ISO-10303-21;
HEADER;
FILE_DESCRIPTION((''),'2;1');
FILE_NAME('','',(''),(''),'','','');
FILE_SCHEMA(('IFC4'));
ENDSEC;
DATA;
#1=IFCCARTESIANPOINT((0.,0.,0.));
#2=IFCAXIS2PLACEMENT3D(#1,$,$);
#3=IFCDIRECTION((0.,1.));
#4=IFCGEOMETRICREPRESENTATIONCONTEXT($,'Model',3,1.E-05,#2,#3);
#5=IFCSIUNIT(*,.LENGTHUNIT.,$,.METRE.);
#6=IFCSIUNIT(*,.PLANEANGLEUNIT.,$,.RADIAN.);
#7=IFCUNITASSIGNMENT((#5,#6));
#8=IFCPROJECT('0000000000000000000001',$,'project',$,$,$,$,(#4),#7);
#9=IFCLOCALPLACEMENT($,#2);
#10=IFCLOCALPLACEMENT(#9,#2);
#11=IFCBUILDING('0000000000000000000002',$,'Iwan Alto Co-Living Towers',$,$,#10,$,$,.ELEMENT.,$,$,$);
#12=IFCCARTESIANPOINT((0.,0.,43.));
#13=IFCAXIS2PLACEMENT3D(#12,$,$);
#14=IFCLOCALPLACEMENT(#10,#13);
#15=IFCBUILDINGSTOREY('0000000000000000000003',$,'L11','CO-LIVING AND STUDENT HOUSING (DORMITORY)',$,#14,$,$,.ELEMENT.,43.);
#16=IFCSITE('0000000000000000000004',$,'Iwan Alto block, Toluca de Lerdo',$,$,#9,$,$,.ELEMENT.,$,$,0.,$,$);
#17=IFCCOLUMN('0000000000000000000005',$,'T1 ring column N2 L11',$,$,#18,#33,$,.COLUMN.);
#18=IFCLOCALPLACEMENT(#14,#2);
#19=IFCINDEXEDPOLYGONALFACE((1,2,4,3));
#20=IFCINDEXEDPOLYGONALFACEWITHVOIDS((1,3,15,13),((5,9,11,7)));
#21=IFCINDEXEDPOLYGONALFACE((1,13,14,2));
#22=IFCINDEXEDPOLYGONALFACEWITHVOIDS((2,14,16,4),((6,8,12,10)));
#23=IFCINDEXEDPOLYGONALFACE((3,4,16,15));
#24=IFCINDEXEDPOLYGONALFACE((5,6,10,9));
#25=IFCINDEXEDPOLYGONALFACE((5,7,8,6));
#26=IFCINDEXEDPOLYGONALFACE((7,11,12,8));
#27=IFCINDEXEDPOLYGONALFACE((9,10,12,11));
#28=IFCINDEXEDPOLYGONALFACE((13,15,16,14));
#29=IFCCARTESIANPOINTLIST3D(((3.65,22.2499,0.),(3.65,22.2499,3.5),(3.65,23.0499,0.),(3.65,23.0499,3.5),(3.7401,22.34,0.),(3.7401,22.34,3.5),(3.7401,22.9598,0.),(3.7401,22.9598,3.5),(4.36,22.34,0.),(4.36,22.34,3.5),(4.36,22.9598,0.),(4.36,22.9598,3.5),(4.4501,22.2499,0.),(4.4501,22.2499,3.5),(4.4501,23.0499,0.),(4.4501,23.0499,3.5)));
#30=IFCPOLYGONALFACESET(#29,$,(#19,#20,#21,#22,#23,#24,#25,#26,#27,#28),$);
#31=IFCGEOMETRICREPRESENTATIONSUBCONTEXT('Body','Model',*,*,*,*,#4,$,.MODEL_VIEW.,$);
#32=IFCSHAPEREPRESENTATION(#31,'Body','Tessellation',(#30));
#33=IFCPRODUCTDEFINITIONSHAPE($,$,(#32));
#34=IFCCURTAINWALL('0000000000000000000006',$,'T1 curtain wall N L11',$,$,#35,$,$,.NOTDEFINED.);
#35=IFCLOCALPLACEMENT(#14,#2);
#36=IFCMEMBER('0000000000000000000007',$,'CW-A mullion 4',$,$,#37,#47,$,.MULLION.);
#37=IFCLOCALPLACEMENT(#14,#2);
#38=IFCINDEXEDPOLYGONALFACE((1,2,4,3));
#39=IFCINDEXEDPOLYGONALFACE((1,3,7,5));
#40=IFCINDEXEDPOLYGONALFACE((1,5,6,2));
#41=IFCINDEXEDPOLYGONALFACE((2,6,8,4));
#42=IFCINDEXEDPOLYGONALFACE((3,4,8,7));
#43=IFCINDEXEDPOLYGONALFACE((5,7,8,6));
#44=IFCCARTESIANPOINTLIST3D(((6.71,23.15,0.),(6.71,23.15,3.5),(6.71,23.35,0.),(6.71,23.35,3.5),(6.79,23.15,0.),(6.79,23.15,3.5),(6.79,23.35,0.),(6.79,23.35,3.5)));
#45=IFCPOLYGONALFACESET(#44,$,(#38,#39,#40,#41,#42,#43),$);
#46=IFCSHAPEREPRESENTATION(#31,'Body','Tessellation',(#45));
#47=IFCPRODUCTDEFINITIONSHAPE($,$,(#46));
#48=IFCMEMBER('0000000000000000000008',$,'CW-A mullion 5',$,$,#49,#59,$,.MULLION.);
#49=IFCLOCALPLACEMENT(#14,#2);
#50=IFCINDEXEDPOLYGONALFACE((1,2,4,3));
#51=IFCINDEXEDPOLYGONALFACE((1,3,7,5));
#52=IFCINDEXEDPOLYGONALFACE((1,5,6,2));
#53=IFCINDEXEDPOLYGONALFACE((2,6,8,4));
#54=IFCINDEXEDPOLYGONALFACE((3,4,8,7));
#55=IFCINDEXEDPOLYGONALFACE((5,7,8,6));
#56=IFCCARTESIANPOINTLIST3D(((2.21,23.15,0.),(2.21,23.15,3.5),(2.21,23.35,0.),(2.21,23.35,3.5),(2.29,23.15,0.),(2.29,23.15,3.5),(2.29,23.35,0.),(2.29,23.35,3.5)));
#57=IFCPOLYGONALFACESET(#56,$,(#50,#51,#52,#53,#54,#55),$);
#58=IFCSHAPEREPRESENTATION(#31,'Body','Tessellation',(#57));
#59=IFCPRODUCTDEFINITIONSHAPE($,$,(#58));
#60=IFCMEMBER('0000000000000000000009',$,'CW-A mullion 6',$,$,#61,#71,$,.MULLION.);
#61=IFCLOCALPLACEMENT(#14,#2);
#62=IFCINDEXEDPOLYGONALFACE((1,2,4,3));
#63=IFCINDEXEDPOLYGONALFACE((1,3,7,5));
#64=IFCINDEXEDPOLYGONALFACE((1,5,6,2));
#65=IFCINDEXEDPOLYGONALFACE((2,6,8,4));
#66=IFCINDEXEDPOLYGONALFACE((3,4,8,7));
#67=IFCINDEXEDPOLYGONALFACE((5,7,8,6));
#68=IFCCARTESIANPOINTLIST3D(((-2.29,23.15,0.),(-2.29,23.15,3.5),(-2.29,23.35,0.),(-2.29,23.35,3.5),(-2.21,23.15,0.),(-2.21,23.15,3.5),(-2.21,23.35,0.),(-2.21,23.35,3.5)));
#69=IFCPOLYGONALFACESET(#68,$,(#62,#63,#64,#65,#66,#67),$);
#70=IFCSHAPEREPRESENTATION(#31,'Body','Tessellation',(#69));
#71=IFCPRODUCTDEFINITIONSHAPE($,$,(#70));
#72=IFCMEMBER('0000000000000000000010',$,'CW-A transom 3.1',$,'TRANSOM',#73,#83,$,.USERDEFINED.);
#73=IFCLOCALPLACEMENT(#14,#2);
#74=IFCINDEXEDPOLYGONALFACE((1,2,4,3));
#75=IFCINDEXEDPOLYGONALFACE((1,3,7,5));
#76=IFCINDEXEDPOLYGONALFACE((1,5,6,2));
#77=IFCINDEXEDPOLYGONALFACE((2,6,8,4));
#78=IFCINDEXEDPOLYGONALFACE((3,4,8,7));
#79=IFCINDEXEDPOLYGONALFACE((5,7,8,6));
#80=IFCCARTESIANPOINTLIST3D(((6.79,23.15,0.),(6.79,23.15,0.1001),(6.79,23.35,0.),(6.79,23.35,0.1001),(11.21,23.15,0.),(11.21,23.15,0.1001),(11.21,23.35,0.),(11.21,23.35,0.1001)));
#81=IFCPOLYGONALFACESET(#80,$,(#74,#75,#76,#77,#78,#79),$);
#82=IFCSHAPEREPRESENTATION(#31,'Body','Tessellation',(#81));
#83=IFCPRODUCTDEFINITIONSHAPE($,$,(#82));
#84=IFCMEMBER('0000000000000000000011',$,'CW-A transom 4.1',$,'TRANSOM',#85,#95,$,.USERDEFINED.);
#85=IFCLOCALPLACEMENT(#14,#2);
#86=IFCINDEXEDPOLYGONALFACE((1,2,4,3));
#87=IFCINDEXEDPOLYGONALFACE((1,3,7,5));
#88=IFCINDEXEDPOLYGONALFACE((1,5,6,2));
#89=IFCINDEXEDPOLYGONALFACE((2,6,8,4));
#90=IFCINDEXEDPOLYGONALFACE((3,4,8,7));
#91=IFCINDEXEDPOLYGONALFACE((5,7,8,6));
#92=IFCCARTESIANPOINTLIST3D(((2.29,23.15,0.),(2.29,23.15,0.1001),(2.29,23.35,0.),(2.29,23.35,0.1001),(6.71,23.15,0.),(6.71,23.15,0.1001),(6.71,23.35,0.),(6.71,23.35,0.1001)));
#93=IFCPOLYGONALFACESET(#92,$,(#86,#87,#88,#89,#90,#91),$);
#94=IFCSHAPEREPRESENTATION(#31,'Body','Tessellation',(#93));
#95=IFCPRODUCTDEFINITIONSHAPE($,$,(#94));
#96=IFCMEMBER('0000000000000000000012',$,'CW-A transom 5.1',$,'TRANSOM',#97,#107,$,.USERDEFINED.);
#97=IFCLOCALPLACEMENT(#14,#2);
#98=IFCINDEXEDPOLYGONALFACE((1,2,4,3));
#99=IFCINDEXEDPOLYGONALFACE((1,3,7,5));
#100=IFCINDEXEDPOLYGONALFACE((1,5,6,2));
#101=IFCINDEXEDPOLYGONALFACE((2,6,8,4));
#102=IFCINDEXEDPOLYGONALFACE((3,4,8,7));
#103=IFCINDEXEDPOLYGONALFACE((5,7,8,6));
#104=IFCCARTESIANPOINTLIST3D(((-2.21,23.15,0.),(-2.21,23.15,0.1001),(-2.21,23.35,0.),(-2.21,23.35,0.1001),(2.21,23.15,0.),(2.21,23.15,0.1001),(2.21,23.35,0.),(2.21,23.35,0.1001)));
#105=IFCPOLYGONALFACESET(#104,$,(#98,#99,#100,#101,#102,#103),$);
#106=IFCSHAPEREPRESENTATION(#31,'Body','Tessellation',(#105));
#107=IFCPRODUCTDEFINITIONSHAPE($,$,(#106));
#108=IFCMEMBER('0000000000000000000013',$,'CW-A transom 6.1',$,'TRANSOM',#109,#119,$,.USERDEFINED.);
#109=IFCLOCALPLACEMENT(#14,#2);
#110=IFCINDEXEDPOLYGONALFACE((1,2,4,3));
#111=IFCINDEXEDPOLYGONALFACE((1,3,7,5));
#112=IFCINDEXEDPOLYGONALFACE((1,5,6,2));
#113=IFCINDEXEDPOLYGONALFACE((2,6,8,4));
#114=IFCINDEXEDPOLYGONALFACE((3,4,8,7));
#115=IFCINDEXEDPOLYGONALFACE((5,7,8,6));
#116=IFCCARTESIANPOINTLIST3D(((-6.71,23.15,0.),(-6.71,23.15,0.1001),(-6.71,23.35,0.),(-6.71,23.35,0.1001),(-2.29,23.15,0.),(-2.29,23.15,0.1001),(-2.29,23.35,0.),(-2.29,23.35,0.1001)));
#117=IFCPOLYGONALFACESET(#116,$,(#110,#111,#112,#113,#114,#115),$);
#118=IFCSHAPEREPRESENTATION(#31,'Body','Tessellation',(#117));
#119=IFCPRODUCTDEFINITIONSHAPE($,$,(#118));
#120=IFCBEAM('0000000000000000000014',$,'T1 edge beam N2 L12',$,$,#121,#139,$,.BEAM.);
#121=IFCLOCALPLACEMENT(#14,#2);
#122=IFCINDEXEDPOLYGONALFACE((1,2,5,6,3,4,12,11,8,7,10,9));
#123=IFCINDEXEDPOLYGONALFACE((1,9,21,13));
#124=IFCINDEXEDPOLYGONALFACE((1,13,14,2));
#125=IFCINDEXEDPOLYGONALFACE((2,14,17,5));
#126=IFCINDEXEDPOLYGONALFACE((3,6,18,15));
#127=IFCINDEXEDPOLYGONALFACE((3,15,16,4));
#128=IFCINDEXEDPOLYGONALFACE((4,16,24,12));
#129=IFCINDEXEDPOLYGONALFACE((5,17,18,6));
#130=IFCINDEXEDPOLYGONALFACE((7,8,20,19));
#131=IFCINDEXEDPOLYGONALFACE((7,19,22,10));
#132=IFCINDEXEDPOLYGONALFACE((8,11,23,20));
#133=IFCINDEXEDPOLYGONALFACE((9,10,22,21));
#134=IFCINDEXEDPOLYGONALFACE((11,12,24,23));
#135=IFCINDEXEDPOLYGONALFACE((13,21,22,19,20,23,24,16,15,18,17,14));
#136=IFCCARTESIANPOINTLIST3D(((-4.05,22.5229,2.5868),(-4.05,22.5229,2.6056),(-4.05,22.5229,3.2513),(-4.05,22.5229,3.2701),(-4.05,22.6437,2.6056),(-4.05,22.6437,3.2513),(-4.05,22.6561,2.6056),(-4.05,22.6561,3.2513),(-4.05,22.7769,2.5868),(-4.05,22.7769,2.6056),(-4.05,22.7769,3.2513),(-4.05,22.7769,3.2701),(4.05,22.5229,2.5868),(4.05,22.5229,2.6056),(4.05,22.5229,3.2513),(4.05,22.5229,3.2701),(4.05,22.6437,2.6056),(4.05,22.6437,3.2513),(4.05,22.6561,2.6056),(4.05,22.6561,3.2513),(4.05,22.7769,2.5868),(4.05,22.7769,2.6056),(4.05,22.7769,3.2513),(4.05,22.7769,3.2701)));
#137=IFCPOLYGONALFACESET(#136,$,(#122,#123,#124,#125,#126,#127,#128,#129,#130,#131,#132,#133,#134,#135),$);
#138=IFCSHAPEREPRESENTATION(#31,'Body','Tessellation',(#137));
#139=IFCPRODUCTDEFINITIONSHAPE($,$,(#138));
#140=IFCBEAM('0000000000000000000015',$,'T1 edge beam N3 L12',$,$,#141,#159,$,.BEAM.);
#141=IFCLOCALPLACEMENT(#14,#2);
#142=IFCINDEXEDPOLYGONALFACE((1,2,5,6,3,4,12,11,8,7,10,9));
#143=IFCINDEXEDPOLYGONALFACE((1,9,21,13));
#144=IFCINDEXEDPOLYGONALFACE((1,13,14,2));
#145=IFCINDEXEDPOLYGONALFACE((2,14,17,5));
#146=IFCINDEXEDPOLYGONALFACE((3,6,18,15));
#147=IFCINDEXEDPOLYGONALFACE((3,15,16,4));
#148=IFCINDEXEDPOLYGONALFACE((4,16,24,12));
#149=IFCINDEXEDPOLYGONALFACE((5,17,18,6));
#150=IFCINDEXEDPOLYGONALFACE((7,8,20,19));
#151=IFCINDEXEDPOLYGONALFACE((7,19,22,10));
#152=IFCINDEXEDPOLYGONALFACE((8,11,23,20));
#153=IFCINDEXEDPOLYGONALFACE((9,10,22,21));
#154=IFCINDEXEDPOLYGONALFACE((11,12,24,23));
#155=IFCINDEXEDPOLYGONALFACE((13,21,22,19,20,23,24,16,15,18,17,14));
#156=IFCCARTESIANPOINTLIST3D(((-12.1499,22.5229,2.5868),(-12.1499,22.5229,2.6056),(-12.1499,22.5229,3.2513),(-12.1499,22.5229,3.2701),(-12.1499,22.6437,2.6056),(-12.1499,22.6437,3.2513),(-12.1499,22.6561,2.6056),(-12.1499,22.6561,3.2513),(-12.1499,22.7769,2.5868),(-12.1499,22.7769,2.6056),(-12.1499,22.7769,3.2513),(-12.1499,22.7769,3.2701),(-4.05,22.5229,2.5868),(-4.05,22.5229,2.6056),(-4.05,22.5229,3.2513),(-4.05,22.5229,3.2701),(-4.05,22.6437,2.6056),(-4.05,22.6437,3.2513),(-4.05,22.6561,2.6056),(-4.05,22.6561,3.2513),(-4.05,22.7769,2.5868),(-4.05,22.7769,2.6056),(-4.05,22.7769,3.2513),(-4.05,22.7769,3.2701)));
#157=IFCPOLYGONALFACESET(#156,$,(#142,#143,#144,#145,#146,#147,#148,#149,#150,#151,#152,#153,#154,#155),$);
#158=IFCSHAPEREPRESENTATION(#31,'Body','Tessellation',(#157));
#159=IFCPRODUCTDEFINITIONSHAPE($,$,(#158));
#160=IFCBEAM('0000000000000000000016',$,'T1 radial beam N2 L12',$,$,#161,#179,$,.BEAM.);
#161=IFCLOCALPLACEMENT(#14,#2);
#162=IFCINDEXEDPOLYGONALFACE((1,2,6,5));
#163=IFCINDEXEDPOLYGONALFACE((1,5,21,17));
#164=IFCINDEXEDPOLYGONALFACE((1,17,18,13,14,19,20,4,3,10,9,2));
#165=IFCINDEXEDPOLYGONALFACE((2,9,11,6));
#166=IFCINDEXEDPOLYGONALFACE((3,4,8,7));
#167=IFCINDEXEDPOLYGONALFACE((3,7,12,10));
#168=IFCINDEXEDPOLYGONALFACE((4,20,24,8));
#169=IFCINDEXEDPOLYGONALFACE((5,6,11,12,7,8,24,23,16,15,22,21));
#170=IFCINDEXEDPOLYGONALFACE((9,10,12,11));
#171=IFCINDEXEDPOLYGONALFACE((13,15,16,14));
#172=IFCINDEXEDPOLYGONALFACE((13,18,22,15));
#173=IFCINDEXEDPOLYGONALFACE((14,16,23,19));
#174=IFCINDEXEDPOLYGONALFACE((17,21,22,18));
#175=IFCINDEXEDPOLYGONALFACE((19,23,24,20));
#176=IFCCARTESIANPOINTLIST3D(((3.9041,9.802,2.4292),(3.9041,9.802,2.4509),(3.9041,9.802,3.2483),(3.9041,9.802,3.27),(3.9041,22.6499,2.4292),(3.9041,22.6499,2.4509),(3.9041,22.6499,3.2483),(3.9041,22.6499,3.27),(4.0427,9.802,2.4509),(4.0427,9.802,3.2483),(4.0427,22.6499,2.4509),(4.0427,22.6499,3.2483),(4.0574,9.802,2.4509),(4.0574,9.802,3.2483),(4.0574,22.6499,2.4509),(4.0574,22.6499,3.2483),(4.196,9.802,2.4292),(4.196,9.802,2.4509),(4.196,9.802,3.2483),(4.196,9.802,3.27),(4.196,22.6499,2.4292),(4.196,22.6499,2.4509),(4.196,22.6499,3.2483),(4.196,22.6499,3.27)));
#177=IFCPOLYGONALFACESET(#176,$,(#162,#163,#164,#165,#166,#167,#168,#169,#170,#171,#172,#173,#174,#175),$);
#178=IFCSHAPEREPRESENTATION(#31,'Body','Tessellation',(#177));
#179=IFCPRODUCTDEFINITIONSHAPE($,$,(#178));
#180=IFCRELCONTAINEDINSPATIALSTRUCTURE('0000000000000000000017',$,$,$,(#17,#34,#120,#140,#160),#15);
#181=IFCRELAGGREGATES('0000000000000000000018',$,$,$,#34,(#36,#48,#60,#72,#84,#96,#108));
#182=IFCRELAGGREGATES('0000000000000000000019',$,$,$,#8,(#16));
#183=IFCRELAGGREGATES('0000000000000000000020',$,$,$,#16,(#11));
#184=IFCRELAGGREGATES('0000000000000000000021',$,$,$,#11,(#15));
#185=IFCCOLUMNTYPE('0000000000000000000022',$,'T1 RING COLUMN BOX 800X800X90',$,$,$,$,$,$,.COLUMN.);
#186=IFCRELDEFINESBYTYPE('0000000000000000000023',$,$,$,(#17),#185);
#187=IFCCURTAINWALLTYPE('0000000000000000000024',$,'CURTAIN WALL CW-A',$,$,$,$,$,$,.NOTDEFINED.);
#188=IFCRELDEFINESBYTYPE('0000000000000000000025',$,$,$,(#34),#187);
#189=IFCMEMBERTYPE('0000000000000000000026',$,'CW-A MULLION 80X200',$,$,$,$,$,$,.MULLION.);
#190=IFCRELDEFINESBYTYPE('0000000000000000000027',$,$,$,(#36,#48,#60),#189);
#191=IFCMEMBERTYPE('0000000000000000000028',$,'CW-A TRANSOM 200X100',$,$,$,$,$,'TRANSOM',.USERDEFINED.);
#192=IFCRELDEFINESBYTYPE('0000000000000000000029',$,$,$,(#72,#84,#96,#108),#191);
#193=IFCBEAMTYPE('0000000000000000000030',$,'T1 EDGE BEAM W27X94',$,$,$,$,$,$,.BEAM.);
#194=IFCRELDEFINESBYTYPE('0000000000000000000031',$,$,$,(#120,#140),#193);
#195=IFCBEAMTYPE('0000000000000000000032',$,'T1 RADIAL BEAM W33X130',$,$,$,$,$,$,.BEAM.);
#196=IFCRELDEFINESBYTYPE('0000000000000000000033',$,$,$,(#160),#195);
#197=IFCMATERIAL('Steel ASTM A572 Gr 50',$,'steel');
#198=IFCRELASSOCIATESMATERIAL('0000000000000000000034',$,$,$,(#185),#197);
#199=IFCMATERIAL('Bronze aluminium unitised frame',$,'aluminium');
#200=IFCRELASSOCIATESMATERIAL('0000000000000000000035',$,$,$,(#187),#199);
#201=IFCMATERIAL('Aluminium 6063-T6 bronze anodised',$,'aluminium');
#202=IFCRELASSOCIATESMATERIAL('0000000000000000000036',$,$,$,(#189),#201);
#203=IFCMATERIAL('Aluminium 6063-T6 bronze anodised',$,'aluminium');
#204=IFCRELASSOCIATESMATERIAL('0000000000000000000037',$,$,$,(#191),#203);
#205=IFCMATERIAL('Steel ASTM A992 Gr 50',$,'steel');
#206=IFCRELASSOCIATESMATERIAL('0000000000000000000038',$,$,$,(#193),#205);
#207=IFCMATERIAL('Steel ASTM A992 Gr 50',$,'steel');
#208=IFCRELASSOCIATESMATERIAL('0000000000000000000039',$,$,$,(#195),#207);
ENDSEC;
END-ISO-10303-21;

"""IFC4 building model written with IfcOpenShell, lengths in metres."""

from ifc_helpers import new_model, si_unit, direction, frame, origin, origin_2d, place, context, subcontext, project, spatial, rectangle, hollow_rectangle, i_section, extrude, material, material_profile, profile_set, type_object, element, aggregate, save


model = new_model("IFC4")

# Units and contexts
model_context = context("Model", 3, precision=1e-05, world=origin(), true_north=direction((0.0, 1.0)))
body_context = subcontext(model_context, "Body", "Model", "MODEL_VIEW")
ifc_project = project(units=[si_unit("LENGTHUNIT", "METRE"), si_unit("PLANEANGLEUNIT", "RADIAN")], contexts=[model_context])

# Site, building, storey
site_placement = place(None, origin())
site = spatial("IfcSite", under=ifc_project, at=site_placement, Name="Iwan Alto block, Toluca de Lerdo", CompositionType="ELEMENT", RefElevation=0.0)
building_placement = place(site_placement, origin())
building = spatial("IfcBuilding", under=site, at=building_placement, Name="Iwan Alto Co-Living Towers", CompositionType="ELEMENT")
storey_placement = place(building_placement, frame((0.0, 0.0, 43.0)))
storey = spatial("IfcBuildingStorey", under=building, at=storey_placement, Name="L11", Description="CO-LIVING AND STUDENT HOUSING (DORMITORY)", CompositionType="ELEMENT", Elevation=43.0)

# Column
ifc_material_1 = material(Name="Steel ASTM A572 Gr 50", Category="steel")
ifc_material_profile_1 = material_profile(ifc_material_1, hollow_rectangle(XDim=0.8, YDim=0.8, WallThickness=0.0901, at=origin_2d()), Name="BOX 800X800X90")
ifc_profile_set_1 = profile_set([ifc_material_profile_1], Name="Steel ASTM A572 Gr 50")
column_type = type_object("IfcColumnType", Name="T1 RING COLUMN BOX 800X800X90", PredefinedType="COLUMN", material=ifc_profile_set_1)
column_placement = place(storey_placement, frame((4.05, 22.6499, 0.0), z_axis=(0.0, 0.0, 1.0), x_axis=(1.0, 0.0, 0.0)))
element("IfcColumn", 1, at=column_placement, inside=storey, type_object=column_type, Name="T1 ring column N2 L11", PredefinedType="COLUMN", context=body_context, shape_type="SweptSolid", body=[
    extrude(hollow_rectangle(XDim=0.8, YDim=0.8, WallThickness=0.0901, at=origin_2d()), origin(), (0.0, 0.0, 1.0), 3.5),
])

# Curtain wall, members
ifc_material_2 = material(Name="Bronze aluminium unitised frame", Category="aluminium")
curtain_wall_type = type_object("IfcCurtainWallType", Name="CURTAIN WALL CW-A", PredefinedType="NOTDEFINED", material=ifc_material_2)
curtain_wall_placement = place(storey_placement, origin())
curtain_wall = element("IfcCurtainWall", 2, at=curtain_wall_placement, inside=storey, type_object=curtain_wall_type, Name="T1 curtain wall N L11", PredefinedType="NOTDEFINED")
ifc_material_3 = material(Name="Aluminium 6063-T6 bronze anodised", Category="aluminium")
ifc_material_profile_2 = material_profile(ifc_material_3, rectangle(XDim=0.2, YDim=0.0801, at=origin_2d()), Name="AL 80X200")
ifc_profile_set_2 = profile_set([ifc_material_profile_2], Name="Aluminium 6063-T6 bronze anodised")
member_type_1 = type_object("IfcMemberType", Name="CW-A MULLION 80X200", PredefinedType="MULLION", material=ifc_profile_set_2)
member_1_placement = place(storey_placement, frame((6.75, 23.25, 0.0), z_axis=(0.0, 0.0, 1.0), x_axis=(0.0, -1.0, 0.0)))
member_1 = element("IfcMember", 3, at=member_1_placement, type_object=member_type_1, Name="CW-A mullion 4", PredefinedType="MULLION", context=body_context, shape_type="SweptSolid", body=[
    extrude(rectangle(XDim=0.2, YDim=0.0801, at=origin_2d()), origin(), (0.0, 0.0, 1.0), 3.5),
])
member_2_placement = place(storey_placement, frame((2.25, 23.25, 0.0), z_axis=(0.0, 0.0, 1.0), x_axis=(0.0, -1.0, 0.0)))
member_2 = element("IfcMember", 4, at=member_2_placement, type_object=member_type_1, Name="CW-A mullion 5", PredefinedType="MULLION", context=body_context, shape_type="SweptSolid", body=[
    extrude(rectangle(XDim=0.2, YDim=0.0801, at=origin_2d()), origin(), (0.0, 0.0, 1.0), 3.5),
])
member_3_placement = place(storey_placement, frame((-2.25, 23.25, 0.0), z_axis=(0.0, 0.0, 1.0), x_axis=(0.0, -1.0, 0.0)))
member_3 = element("IfcMember", 5, at=member_3_placement, type_object=member_type_1, Name="CW-A mullion 6", PredefinedType="MULLION", context=body_context, shape_type="SweptSolid", body=[
    extrude(rectangle(XDim=0.2, YDim=0.0801, at=origin_2d()), origin(), (0.0, 0.0, 1.0), 3.5),
])
ifc_material_4 = material(Name="Aluminium 6063-T6 bronze anodised", Category="aluminium")
ifc_material_profile_3 = material_profile(ifc_material_4, rectangle(XDim=0.2, YDim=0.1001, at=origin_2d()), Name="AL 200X100")
ifc_profile_set_3 = profile_set([ifc_material_profile_3], Name="Aluminium 6063-T6 bronze anodised")
member_type_2 = type_object("IfcMemberType", Name="CW-A TRANSOM 200X100", ElementType="TRANSOM", PredefinedType="USERDEFINED", material=ifc_profile_set_3)
member_4_placement = place(storey_placement, frame((11.21, 23.25, 0.05), z_axis=(-1.0, 0.0, 0.0), x_axis=(0.0, -1.0, 0.0)))
member_4 = element("IfcMember", 6, at=member_4_placement, type_object=member_type_2, Name="CW-A transom 3.1", ObjectType="TRANSOM", PredefinedType="USERDEFINED", context=body_context, shape_type="SweptSolid", body=[
    extrude(rectangle(XDim=0.2, YDim=0.1001, at=origin_2d()), origin(), (0.0, 0.0, 1.0), 4.4199),
])
member_5_placement = place(storey_placement, frame((6.71, 23.25, 0.05), z_axis=(-1.0, 0.0, 0.0), x_axis=(0.0, -1.0, 0.0)))
member_5 = element("IfcMember", 7, at=member_5_placement, type_object=member_type_2, Name="CW-A transom 4.1", ObjectType="TRANSOM", PredefinedType="USERDEFINED", context=body_context, shape_type="SweptSolid", body=[
    extrude(rectangle(XDim=0.2, YDim=0.1001, at=origin_2d()), origin(), (0.0, 0.0, 1.0), 4.4199),
])
member_6_placement = place(storey_placement, frame((2.21, 23.25, 0.05), z_axis=(-1.0, 0.0, 0.0), x_axis=(0.0, -1.0, 0.0)))
member_6 = element("IfcMember", 8, at=member_6_placement, type_object=member_type_2, Name="CW-A transom 5.1", ObjectType="TRANSOM", PredefinedType="USERDEFINED", context=body_context, shape_type="SweptSolid", body=[
    extrude(rectangle(XDim=0.2, YDim=0.1001, at=origin_2d()), origin(), (0.0, 0.0, 1.0), 4.4199),
])
member_7_placement = place(storey_placement, frame((-2.29, 23.25, 0.05), z_axis=(-1.0, 0.0, 0.0), x_axis=(0.0, -1.0, 0.0)))
member_7 = element("IfcMember", 9, at=member_7_placement, type_object=member_type_2, Name="CW-A transom 6.1", ObjectType="TRANSOM", PredefinedType="USERDEFINED", context=body_context, shape_type="SweptSolid", body=[
    extrude(rectangle(XDim=0.2, YDim=0.1001, at=origin_2d()), origin(), (0.0, 0.0, 1.0), 4.4199),
])

# Beams
ifc_material_5 = material(Name="Steel ASTM A992 Gr 50", Category="steel")
ifc_material_profile_4 = material_profile(ifc_material_5, i_section(OverallWidth=0.2539, OverallDepth=0.6833, WebThickness=0.0125, FlangeThickness=0.0188, at=origin_2d()), Name="W27X94")
ifc_profile_set_4 = profile_set([ifc_material_profile_4], Name="Steel ASTM A992 Gr 50")
beam_type_1 = type_object("IfcBeamType", Name="T1 EDGE BEAM W27X94", PredefinedType="BEAM", material=ifc_profile_set_4)
beam_1_placement = place(storey_placement, frame((4.05, 22.6499, 2.9285), z_axis=(-1.0, 0.0, 0.0), x_axis=(0.0, -1.0, 0.0)))
element("IfcBeam", 10, at=beam_1_placement, inside=storey, type_object=beam_type_1, Name="T1 edge beam N2 L12", PredefinedType="BEAM", context=body_context, shape_type="SweptSolid", body=[
    extrude(i_section(OverallWidth=0.2539, OverallDepth=0.6833, WebThickness=0.0125, FlangeThickness=0.0188, at=origin_2d()), origin(), (0.0, 0.0, 1.0), 8.1001),
])
beam_2_placement = place(storey_placement, frame((-4.05, 22.6499, 2.9285), z_axis=(-1.0, 0.0, 0.0), x_axis=(0.0, -1.0, 0.0)))
element("IfcBeam", 11, at=beam_2_placement, inside=storey, type_object=beam_type_1, Name="T1 edge beam N3 L12", PredefinedType="BEAM", context=body_context, shape_type="SweptSolid", body=[
    extrude(i_section(OverallWidth=0.2539, OverallDepth=0.6833, WebThickness=0.0125, FlangeThickness=0.0188, at=origin_2d()), origin(), (0.0, 0.0, 1.0), 8.0999),
])
ifc_material_6 = material(Name="Steel ASTM A992 Gr 50", Category="steel")
ifc_material_profile_5 = material_profile(ifc_material_6, i_section(OverallWidth=0.292, OverallDepth=0.8408, WebThickness=0.0146, FlangeThickness=0.0217, at=origin_2d()), Name="W33X130")
ifc_profile_set_5 = profile_set([ifc_material_profile_5], Name="Steel ASTM A992 Gr 50")
beam_type_2 = type_object("IfcBeamType", Name="T1 RADIAL BEAM W33X130", PredefinedType="BEAM", material=ifc_profile_set_5)
for number, where, z_axis, x_axis, name in (
    (12, (4.05, 22.6499, 2.8496), (0.0, -1.0, 0.0), (1.0, 0.0, 0.0), "T1 radial beam N2 L12"),
):
    element("IfcBeam", number, at=place(storey_placement, frame(where, z_axis=z_axis, x_axis=x_axis)), inside=storey, type_object=beam_type_2, Name=name, PredefinedType="BEAM", context=body_context, shape_type="SweptSolid", body=[
        extrude(i_section(OverallWidth=0.292, OverallDepth=0.8408, WebThickness=0.0146, FlangeThickness=0.0217, at=origin_2d()), origin(), (0.0, 0.0, 1.0), 12.8479),
    ])

aggregate(curtain_wall, [member_1, member_2, member_3, member_4, member_5, member_6, member_7])

save(model, "model.ifc")
